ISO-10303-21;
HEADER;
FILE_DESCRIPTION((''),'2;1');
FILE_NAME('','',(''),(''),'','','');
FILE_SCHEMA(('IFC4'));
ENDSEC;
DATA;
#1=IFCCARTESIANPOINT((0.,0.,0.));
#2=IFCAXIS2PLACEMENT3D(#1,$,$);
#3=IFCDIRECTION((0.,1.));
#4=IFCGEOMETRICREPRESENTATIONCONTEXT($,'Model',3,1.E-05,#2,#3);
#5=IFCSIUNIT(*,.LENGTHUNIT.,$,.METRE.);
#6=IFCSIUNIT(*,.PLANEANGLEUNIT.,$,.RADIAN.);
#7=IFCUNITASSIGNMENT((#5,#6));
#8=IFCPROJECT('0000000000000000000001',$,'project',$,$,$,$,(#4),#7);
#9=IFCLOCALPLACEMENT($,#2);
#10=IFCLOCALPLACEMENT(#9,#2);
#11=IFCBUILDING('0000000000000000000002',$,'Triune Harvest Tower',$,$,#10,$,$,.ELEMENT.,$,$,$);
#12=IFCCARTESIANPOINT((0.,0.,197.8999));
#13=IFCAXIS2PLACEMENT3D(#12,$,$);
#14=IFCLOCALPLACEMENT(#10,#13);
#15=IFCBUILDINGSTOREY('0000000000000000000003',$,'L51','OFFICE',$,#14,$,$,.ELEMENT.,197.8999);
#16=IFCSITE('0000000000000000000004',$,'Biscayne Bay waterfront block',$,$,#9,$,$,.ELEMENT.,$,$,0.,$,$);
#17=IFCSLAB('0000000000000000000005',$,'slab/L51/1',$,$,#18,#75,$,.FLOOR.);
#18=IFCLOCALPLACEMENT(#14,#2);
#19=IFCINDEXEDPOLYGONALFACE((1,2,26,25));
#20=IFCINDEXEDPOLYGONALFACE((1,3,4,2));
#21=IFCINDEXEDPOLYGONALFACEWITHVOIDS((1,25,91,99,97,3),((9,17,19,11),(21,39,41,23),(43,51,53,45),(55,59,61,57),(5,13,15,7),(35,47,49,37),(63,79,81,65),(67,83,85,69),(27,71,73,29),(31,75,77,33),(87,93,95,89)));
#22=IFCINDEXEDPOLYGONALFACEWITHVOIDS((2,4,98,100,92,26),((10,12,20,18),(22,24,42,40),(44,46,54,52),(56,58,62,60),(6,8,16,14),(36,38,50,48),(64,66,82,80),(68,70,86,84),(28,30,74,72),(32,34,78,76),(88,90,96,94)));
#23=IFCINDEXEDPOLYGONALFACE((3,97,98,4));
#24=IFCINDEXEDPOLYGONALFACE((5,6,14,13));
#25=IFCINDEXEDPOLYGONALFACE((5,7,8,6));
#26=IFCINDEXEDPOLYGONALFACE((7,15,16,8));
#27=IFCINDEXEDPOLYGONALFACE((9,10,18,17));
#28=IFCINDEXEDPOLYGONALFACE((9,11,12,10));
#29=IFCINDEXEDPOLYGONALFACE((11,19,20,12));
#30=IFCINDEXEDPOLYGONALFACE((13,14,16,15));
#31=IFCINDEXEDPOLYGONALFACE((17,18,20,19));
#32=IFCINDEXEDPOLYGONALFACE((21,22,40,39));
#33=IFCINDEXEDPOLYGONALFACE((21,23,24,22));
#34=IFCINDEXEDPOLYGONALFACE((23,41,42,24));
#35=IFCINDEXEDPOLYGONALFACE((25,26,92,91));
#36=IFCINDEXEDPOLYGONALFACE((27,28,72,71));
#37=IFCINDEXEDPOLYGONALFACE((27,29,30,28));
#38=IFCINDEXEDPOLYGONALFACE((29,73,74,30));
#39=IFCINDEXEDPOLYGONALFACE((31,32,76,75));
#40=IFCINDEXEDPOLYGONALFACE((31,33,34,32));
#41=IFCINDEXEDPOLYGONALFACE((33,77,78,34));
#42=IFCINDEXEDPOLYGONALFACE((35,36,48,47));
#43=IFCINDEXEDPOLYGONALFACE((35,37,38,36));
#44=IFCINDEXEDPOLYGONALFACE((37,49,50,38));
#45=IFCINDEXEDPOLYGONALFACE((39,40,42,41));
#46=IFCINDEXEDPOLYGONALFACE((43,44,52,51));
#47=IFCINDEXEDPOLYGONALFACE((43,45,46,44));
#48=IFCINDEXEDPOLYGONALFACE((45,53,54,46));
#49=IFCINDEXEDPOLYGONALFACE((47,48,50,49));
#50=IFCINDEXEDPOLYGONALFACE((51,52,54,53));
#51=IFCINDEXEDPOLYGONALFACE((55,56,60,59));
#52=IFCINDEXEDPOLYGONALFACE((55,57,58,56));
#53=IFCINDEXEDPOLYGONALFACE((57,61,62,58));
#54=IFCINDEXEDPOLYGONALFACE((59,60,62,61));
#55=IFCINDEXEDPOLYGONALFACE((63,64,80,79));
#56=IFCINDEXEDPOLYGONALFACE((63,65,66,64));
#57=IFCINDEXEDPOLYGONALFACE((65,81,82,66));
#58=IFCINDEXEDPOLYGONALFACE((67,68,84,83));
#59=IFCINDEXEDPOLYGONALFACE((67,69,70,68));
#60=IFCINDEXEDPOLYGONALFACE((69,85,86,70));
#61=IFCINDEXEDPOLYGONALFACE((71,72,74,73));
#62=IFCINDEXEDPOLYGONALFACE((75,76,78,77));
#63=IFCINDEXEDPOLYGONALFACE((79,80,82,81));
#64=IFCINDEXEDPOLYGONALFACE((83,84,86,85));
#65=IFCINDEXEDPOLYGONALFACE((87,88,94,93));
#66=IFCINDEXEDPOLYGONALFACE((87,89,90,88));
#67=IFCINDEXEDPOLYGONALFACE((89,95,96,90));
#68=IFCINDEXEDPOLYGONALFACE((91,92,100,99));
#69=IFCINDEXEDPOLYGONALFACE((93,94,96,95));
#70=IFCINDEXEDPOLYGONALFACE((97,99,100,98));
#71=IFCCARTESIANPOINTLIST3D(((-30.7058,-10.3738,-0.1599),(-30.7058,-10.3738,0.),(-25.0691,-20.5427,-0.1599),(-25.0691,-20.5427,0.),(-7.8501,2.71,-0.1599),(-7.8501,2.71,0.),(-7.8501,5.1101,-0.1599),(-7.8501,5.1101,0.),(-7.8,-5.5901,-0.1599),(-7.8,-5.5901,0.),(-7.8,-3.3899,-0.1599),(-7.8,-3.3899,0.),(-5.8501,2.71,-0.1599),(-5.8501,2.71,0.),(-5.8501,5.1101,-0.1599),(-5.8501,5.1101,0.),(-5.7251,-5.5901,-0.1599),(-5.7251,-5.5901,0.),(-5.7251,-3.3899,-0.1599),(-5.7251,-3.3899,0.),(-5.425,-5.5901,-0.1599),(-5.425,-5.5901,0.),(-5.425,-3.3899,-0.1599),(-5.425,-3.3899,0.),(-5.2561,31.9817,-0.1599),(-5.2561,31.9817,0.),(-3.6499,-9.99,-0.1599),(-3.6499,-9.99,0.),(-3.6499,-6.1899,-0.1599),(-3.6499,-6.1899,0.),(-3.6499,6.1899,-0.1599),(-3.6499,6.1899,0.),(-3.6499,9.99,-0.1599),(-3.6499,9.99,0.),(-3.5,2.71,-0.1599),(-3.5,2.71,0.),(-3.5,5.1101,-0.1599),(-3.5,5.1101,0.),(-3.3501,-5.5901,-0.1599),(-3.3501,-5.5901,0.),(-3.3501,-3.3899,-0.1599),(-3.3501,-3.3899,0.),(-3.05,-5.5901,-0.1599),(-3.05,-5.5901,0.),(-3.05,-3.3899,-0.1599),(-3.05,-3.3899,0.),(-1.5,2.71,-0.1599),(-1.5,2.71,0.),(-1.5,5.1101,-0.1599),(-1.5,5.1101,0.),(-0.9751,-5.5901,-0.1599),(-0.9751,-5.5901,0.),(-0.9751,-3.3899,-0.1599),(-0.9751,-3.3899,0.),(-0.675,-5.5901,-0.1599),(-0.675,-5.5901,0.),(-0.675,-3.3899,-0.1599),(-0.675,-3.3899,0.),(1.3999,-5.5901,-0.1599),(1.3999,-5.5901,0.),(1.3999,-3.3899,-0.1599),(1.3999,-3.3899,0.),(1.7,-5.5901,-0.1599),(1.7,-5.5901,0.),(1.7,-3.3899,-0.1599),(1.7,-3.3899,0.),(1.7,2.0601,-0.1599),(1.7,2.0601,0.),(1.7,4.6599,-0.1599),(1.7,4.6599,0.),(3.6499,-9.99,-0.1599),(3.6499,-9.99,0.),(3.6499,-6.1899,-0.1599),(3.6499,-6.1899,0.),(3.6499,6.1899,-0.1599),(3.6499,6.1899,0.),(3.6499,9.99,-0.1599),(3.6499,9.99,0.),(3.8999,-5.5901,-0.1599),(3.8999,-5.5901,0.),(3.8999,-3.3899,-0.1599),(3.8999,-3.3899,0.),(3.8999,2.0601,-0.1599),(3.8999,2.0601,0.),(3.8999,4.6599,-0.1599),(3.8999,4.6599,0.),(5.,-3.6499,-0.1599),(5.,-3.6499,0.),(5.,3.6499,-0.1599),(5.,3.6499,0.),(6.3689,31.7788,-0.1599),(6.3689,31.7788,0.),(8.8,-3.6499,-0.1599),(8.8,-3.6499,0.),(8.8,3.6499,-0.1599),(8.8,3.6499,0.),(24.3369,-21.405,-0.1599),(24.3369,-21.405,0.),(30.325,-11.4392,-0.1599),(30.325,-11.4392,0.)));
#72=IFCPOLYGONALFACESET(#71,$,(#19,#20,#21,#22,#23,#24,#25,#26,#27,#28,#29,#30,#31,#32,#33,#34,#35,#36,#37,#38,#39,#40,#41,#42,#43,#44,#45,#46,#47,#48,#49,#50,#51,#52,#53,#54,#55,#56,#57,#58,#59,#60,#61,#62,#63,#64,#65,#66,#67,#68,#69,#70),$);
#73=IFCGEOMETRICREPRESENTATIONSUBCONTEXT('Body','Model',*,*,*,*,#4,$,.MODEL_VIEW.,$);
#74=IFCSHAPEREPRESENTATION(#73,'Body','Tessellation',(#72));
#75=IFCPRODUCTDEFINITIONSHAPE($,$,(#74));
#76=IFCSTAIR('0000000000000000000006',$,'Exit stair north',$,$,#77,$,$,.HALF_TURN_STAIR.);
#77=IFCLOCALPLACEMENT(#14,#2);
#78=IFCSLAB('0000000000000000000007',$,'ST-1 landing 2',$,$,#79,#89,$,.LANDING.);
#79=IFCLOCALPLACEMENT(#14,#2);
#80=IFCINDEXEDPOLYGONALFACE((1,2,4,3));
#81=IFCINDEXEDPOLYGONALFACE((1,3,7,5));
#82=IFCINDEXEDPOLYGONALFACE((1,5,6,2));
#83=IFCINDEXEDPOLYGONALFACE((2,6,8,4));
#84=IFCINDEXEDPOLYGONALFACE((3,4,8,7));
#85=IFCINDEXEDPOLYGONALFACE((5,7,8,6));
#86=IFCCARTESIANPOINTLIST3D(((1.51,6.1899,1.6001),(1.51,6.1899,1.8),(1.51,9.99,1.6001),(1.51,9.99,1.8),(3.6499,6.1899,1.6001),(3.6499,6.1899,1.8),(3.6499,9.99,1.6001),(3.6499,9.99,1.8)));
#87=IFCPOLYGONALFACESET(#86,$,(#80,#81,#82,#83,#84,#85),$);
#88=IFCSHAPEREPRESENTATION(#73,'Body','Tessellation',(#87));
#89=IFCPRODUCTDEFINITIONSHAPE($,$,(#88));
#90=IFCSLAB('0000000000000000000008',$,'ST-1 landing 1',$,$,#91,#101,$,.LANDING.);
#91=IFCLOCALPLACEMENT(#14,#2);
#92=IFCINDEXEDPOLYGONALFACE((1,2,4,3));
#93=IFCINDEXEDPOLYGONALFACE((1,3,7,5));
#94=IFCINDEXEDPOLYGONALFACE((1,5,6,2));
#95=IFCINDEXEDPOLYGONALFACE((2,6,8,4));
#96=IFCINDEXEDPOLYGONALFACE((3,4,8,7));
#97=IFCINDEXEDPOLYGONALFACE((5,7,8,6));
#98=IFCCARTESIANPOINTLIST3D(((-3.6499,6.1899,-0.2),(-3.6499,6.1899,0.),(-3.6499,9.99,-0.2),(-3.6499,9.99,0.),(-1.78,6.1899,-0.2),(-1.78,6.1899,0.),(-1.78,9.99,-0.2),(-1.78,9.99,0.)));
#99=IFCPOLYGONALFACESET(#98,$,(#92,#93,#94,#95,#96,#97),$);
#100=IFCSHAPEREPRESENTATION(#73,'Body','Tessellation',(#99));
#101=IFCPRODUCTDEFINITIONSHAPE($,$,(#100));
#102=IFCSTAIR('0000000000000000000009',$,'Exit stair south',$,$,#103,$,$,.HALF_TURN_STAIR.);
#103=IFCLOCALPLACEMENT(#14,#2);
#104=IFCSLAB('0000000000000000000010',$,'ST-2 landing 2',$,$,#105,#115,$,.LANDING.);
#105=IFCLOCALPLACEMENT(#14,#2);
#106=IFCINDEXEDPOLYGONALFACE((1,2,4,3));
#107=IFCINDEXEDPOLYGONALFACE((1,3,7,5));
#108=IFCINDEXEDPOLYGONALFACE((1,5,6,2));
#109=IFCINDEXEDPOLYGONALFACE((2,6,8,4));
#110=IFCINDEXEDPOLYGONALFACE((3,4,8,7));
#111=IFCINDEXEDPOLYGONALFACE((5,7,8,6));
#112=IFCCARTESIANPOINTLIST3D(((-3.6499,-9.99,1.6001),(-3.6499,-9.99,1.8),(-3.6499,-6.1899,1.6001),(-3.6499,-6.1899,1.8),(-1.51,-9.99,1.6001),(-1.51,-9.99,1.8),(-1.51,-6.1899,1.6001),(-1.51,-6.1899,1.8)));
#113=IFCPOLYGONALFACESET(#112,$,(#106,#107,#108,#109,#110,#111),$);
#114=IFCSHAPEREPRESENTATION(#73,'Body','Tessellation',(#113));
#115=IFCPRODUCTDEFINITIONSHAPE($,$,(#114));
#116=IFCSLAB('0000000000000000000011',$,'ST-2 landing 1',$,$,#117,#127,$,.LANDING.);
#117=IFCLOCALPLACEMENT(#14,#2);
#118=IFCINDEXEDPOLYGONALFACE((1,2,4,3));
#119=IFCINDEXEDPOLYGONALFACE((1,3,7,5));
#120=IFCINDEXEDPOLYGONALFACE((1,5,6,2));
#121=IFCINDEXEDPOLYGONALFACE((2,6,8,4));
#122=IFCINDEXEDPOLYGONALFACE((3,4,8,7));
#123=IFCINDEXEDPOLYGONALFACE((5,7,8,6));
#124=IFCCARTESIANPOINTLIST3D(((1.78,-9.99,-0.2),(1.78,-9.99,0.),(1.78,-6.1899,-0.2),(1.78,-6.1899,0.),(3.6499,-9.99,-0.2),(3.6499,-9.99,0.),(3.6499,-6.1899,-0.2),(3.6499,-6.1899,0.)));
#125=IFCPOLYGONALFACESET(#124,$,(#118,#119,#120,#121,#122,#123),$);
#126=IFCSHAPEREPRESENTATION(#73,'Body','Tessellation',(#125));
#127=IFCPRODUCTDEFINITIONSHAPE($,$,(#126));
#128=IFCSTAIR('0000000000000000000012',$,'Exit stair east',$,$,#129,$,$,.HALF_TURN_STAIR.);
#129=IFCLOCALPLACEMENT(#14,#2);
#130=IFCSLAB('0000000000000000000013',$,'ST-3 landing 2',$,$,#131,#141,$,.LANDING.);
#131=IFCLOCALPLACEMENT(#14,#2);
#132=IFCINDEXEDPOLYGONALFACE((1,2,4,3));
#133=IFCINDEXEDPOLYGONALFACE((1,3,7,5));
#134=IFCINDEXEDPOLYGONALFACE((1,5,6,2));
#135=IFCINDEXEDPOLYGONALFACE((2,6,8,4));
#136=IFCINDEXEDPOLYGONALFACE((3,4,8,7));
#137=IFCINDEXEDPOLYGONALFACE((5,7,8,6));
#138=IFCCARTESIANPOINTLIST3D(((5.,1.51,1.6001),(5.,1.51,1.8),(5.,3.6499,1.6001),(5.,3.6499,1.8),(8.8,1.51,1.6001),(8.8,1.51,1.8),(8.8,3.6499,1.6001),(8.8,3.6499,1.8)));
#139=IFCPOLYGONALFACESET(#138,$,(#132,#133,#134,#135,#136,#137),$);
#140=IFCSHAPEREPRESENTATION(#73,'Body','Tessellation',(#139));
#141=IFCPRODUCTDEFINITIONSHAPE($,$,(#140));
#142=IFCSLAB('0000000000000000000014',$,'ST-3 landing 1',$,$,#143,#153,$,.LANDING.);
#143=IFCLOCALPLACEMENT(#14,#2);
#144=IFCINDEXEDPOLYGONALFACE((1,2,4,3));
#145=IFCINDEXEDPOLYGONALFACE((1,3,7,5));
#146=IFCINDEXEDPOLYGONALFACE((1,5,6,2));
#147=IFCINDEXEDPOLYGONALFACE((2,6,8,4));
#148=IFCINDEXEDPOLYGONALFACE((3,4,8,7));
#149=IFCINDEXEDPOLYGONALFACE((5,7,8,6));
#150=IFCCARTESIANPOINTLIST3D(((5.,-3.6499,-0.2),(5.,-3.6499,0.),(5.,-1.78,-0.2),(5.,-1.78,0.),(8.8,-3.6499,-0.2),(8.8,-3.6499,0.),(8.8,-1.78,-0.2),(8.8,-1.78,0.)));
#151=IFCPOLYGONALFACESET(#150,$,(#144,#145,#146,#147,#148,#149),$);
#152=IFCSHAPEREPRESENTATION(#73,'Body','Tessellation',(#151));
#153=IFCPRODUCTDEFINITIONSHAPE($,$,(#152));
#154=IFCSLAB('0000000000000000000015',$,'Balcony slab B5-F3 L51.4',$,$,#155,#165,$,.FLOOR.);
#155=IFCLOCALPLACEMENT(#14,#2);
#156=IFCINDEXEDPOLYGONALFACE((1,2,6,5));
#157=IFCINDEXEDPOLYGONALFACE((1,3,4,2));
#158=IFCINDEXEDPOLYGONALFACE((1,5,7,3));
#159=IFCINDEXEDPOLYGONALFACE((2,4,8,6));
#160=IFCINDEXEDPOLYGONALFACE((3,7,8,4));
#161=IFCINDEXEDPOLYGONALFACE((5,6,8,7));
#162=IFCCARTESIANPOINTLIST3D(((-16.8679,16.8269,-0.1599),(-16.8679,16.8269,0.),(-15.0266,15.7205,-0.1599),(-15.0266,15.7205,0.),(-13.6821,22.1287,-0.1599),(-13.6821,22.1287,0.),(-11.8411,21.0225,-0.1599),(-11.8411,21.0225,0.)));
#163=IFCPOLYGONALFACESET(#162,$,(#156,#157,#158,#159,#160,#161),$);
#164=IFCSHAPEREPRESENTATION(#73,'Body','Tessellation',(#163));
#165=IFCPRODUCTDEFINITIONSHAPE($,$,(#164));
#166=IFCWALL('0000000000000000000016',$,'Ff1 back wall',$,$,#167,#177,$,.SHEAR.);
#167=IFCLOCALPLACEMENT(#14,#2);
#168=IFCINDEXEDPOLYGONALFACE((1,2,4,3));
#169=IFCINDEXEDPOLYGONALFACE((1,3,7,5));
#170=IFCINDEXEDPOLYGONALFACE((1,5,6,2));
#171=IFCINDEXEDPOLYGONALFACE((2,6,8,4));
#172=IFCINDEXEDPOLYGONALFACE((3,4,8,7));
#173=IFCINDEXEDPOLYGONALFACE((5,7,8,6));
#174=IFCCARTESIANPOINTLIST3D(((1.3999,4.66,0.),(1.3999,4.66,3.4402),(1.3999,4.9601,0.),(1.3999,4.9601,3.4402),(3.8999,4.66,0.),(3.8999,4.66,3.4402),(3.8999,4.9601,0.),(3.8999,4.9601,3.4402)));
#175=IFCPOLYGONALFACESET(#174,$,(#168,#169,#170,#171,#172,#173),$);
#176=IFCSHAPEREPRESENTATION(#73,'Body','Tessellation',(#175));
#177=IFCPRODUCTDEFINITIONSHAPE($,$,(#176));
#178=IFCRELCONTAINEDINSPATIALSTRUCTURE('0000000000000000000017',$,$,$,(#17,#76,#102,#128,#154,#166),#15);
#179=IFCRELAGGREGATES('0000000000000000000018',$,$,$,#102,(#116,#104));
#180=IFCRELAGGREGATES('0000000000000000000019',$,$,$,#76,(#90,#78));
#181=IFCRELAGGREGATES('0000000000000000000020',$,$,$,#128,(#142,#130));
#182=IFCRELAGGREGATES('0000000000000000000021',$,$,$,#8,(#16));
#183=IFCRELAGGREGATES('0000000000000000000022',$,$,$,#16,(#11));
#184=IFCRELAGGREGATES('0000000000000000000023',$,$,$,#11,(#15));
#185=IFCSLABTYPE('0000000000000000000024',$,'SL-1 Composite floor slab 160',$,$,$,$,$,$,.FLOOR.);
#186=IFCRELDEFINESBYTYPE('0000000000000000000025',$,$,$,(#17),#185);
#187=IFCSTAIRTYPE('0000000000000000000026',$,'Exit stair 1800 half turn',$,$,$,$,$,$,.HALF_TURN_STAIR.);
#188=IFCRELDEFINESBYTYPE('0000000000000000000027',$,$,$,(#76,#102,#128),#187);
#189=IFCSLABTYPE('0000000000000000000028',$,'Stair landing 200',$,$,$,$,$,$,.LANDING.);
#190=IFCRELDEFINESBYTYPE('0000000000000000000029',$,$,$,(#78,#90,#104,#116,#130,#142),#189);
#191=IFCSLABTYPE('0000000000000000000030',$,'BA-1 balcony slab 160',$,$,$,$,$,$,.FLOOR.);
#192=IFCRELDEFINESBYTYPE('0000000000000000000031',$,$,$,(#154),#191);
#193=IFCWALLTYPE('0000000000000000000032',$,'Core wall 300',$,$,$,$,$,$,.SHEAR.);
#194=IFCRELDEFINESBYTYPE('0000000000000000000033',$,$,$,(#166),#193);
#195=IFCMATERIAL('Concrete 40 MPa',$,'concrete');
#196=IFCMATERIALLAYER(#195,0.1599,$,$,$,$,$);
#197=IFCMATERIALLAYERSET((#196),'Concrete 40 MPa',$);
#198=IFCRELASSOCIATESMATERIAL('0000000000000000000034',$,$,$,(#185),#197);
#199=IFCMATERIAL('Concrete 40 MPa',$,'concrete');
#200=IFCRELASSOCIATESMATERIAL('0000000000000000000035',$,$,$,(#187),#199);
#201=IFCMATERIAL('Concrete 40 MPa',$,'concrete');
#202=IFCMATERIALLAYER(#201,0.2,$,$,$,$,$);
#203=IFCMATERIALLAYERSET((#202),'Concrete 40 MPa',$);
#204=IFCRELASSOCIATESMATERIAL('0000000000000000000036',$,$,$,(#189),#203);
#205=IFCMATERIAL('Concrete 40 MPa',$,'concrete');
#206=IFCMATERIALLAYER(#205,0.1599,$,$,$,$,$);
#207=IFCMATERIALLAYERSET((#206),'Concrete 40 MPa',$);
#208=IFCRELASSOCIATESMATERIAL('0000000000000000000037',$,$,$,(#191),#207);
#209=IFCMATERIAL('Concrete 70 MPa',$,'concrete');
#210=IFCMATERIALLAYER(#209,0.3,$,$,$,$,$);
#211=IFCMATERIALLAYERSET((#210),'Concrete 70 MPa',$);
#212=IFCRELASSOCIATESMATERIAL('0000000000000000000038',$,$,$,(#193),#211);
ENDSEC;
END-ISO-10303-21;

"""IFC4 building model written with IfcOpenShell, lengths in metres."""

from ifc_helpers import new_model, si_unit, direction, frame, frame_2d, origin, place, context, subcontext, project, spatial, polyline, rectangle, outline, extrude, source, transform, mapped, material, layer, layer_set, type_object, element, aggregate, save


model = new_model("IFC4")

# Units and contexts
model_context = context("Model", 3, precision=1e-05, world=origin(), true_north=direction((0.0, 1.0)))
body_context = subcontext(model_context, "Body", "Model", "MODEL_VIEW")
ifc_project = project(units=[si_unit("LENGTHUNIT", "METRE"), si_unit("PLANEANGLEUNIT", "RADIAN")], contexts=[model_context])

# Site, building, storey
site_placement = place(None, origin())
site = spatial("IfcSite", under=ifc_project, at=site_placement, Name="Biscayne Bay waterfront block", CompositionType="ELEMENT", RefElevation=0.0)
building_placement = place(site_placement, origin())
building = spatial("IfcBuilding", under=site, at=building_placement, Name="Triune Harvest Tower", CompositionType="ELEMENT")
storey_placement = place(building_placement, frame((0.0, 0.0, 197.8999)))
storey = spatial("IfcBuildingStorey", under=building, at=storey_placement, Name="L51", Description="OFFICE", CompositionType="ELEMENT", Elevation=197.8999)

# Slab
ifc_material_1 = material(Name="Concrete 40 MPa", Category="concrete")
ifc_layer_1 = layer(ifc_material_1, 0.1599)
ifc_layer_set_1 = layer_set([ifc_layer_1], Name="Concrete 40 MPa")
slab_type_1 = type_object("IfcSlabType", Name="SL-1 Composite floor slab 160", PredefinedType="FLOOR", material=ifc_layer_set_1)
shared_shape_1 = source(origin(), body_context, "Body", "SweptSolid", [
    extrude(outline(polyline([(30.325, -11.4392), (6.3689, 31.7788), (-5.2561, 31.9817), (-30.7058, -10.3738), (-25.0691, -20.5427), (24.3369, -21.405), (30.325, -11.4392)]), holes=[polyline([(-5.7251, -5.5901), (-5.7251, -3.3899), (-7.8, -3.3899), (-7.8, -5.5901), (-5.7251, -5.5901)]), polyline([(-3.3501, -5.5901), (-3.3501, -3.3899), (-5.425, -3.3899), (-5.425, -5.5901), (-3.3501, -5.5901)]), polyline([(-0.9751, -5.5901), (-0.9751, -3.3899), (-3.05, -3.3899), (-3.05, -5.5901), (-0.9751, -5.5901)]), polyline([(1.3999, -5.5901), (1.3999, -3.3899), (-0.675, -3.3899), (-0.675, -5.5901), (1.3999, -5.5901)]), polyline([(3.8999, 2.0601), (3.8999, 4.6599), (1.7, 4.6599), (1.7, 2.0601), (3.8999, 2.0601)]), polyline([(3.8999, -5.5901), (3.8999, -3.3899), (1.7, -3.3899), (1.7, -5.5901), (3.8999, -5.5901)]), polyline([(-5.8501, 2.71), (-5.8501, 5.1101), (-7.8501, 5.1101), (-7.8501, 2.71), (-5.8501, 2.71)]), polyline([(-1.5, 2.71), (-1.5, 5.1101), (-3.5, 5.1101), (-3.5, 2.71), (-1.5, 2.71)]), polyline([(3.6499, 6.1899), (3.6499, 9.99), (-3.6499, 9.99), (-3.6499, 6.1899), (3.6499, 6.1899)]), polyline([(3.6499, -9.99), (3.6499, -6.1899), (-3.6499, -6.1899), (-3.6499, -9.99), (3.6499, -9.99)]), polyline([(8.8, -3.6499), (8.8, 3.6499), (5.0, 3.6499), (5.0, -3.6499), (8.8, -3.6499)])]), origin(), (0.0, 0.0, 1.0), 0.1599),
])
slab_1_placement = place(storey_placement, frame((0.0, 0.0, -0.1599)))
element("IfcSlab", 1, at=slab_1_placement, inside=storey, type_object=slab_type_1, Name="slab/L51/1", PredefinedType="FLOOR", context=body_context, shape_type="MappedRepresentation", body=[
    mapped(shared_shape_1, transform((0.0, 0.0, 0.0), scale=1.0)),
])

# Stairs, slabs
ifc_material_2 = material(Name="Concrete 40 MPa", Category="concrete")
stair_type = type_object("IfcStairType", Name="Exit stair 1800 half turn", PredefinedType="HALF_TURN_STAIR", material=ifc_material_2)
stair_1_placement = place(storey_placement, origin())
stair_1 = element("IfcStair", 2, at=stair_1_placement, inside=storey, type_object=stair_type, Name="Exit stair north", PredefinedType="HALF_TURN_STAIR")
ifc_material_3 = material(Name="Concrete 40 MPa", Category="concrete")
ifc_layer_2 = layer(ifc_material_3, 0.2)
ifc_layer_set_2 = layer_set([ifc_layer_2], Name="Concrete 40 MPa")
slab_type_2 = type_object("IfcSlabType", Name="Stair landing 200", PredefinedType="LANDING", material=ifc_layer_set_2)
shared_shape_2 = source(origin(), body_context, "Body", "SweptSolid", [
    extrude(outline(polyline([(1.51, 6.1899), (3.6499, 6.1899), (3.6499, 9.99), (1.51, 9.99), (1.51, 6.1899)])), origin(), (0.0, 0.0, 1.0), 0.2),
])
slab_2_placement = place(storey_placement, frame((0.0, 0.0, 1.6001)))
slab_2 = element("IfcSlab", 3, at=slab_2_placement, type_object=slab_type_2, Name="ST-1 landing 2", PredefinedType="LANDING", context=body_context, shape_type="MappedRepresentation", body=[
    mapped(shared_shape_2, transform((0.0, 0.0, 0.0), scale=1.0)),
])
shared_shape_3 = source(origin(), body_context, "Body", "SweptSolid", [
    extrude(outline(polyline([(-3.6499, 6.1899), (-1.78, 6.1899), (-1.78, 9.99), (-3.6499, 9.99), (-3.6499, 6.1899)])), origin(), (0.0, 0.0, 1.0), 0.2),
])
slab_3_placement = place(storey_placement, frame((0.0, 0.0, -0.2)))
slab_3 = element("IfcSlab", 4, at=slab_3_placement, type_object=slab_type_2, Name="ST-1 landing 1", PredefinedType="LANDING", context=body_context, shape_type="MappedRepresentation", body=[
    mapped(shared_shape_3, transform((0.0, 0.0, 0.0), scale=1.0)),
])
stair_2_placement = place(storey_placement, origin())
stair_2 = element("IfcStair", 5, at=stair_2_placement, inside=storey, type_object=stair_type, Name="Exit stair south", PredefinedType="HALF_TURN_STAIR")
shared_shape_4 = source(origin(), body_context, "Body", "SweptSolid", [
    extrude(outline(polyline([(-1.51, -6.1899), (-3.6499, -6.1899), (-3.6499, -9.99), (-1.51, -9.99), (-1.51, -6.1899)])), origin(), (0.0, 0.0, 1.0), 0.2),
])
slab_4_placement = place(storey_placement, frame((0.0, 0.0, 1.6001)))
slab_4 = element("IfcSlab", 6, at=slab_4_placement, type_object=slab_type_2, Name="ST-2 landing 2", PredefinedType="LANDING", context=body_context, shape_type="MappedRepresentation", body=[
    mapped(shared_shape_4, transform((0.0, 0.0, 0.0), scale=1.0)),
])
shared_shape_5 = source(origin(), body_context, "Body", "SweptSolid", [
    extrude(outline(polyline([(3.6499, -6.1899), (1.78, -6.1899), (1.78, -9.99), (3.6499, -9.99), (3.6499, -6.1899)])), origin(), (0.0, 0.0, 1.0), 0.2),
])
slab_5_placement = place(storey_placement, frame((0.0, 0.0, -0.2)))
slab_5 = element("IfcSlab", 7, at=slab_5_placement, type_object=slab_type_2, Name="ST-2 landing 1", PredefinedType="LANDING", context=body_context, shape_type="MappedRepresentation", body=[
    mapped(shared_shape_5, transform((0.0, 0.0, 0.0), scale=1.0)),
])
aggregate(stair_2, [slab_5, slab_4])
stair_3_placement = place(storey_placement, origin())
stair_3 = element("IfcStair", 8, at=stair_3_placement, inside=storey, type_object=stair_type, Name="Exit stair east", PredefinedType="HALF_TURN_STAIR")
shared_shape_6 = source(origin(), body_context, "Body", "SweptSolid", [
    extrude(outline(polyline([(8.8, 1.51), (8.8, 3.6499), (5.0, 3.6499), (5.0, 1.51), (8.8, 1.51)])), origin(), (0.0, 0.0, 1.0), 0.2),
])
slab_6_placement = place(storey_placement, frame((0.0, 0.0, 1.6001)))
slab_6 = element("IfcSlab", 9, at=slab_6_placement, type_object=slab_type_2, Name="ST-3 landing 2", PredefinedType="LANDING", context=body_context, shape_type="MappedRepresentation", body=[
    mapped(shared_shape_6, transform((0.0, 0.0, 0.0), scale=1.0)),
])
shared_shape_7 = source(origin(), body_context, "Body", "SweptSolid", [
    extrude(outline(polyline([(8.8, -3.6499), (8.8, -1.78), (5.0, -1.78), (5.0, -3.6499), (8.8, -3.6499)])), origin(), (0.0, 0.0, 1.0), 0.2),
])
slab_7_placement = place(storey_placement, frame((0.0, 0.0, -0.2)))
slab_7 = element("IfcSlab", 10, at=slab_7_placement, type_object=slab_type_2, Name="ST-3 landing 1", PredefinedType="LANDING", context=body_context, shape_type="MappedRepresentation", body=[
    mapped(shared_shape_7, transform((0.0, 0.0, 0.0), scale=1.0)),
])

# Slab
ifc_material_4 = material(Name="Concrete 40 MPa", Category="concrete")
ifc_layer_3 = layer(ifc_material_4, 0.1599)
ifc_layer_set_3 = layer_set([ifc_layer_3], Name="Concrete 40 MPa")
slab_type_3 = type_object("IfcSlabType", Name="BA-1 balcony slab 160", PredefinedType="FLOOR", material=ifc_layer_set_3)
shared_shape_8 = source(origin(), body_context, "Body", "SweptSolid", [
    extrude(outline(polyline([(-11.8411, 21.0225), (-15.0266, 15.7205), (-16.8679, 16.8269), (-13.6821, 22.1287), (-11.8411, 21.0225)])), origin(), (0.0, 0.0, 1.0), 0.1599),
])
slab_8_placement = place(storey_placement, frame((0.0, 0.0, -0.1599)))
element("IfcSlab", 11, at=slab_8_placement, inside=storey, type_object=slab_type_3, Name="Balcony slab B5-F3 L51.4", PredefinedType="FLOOR", context=body_context, shape_type="MappedRepresentation", body=[
    mapped(shared_shape_8, transform((0.0, 0.0, 0.0), scale=1.0)),
])

# Wall
ifc_material_5 = material(Name="Concrete 70 MPa", Category="concrete")
ifc_layer_4 = layer(ifc_material_5, 0.3)
ifc_layer_set_4 = layer_set([ifc_layer_4], Name="Concrete 70 MPa")
wall_type_1 = type_object("IfcWallType", Name="Core wall 300", PredefinedType="SHEAR", material=ifc_layer_set_4)
shared_shape_9 = source(origin(), body_context, "Body", "SweptSolid", [
    extrude(rectangle(XDim=2.5, YDim=0.3, at=frame_2d((1.25, 0.0))), origin(), (0.0, 0.0, 1.0), 3.4402),
])
wall_1_placement = place(storey_placement, frame((1.3999, 4.8101, 0.0), z_axis=(0.0, 0.0, 1.0), x_axis=(1.0, 0.0, 0.0)))
element("IfcWall", 12, at=wall_1_placement, inside=storey, type_object=wall_type_1, Name="Ff1 back wall", PredefinedType="SHEAR", context=body_context, shape_type="MappedRepresentation", body=[
    mapped(shared_shape_9, transform((0.0, 0.0, 0.0), scale=1.0)),
])

aggregate(stair_1, [slab_3, slab_2])
aggregate(stair_3, [slab_7, slab_6])

save(model, "model.ifc")
